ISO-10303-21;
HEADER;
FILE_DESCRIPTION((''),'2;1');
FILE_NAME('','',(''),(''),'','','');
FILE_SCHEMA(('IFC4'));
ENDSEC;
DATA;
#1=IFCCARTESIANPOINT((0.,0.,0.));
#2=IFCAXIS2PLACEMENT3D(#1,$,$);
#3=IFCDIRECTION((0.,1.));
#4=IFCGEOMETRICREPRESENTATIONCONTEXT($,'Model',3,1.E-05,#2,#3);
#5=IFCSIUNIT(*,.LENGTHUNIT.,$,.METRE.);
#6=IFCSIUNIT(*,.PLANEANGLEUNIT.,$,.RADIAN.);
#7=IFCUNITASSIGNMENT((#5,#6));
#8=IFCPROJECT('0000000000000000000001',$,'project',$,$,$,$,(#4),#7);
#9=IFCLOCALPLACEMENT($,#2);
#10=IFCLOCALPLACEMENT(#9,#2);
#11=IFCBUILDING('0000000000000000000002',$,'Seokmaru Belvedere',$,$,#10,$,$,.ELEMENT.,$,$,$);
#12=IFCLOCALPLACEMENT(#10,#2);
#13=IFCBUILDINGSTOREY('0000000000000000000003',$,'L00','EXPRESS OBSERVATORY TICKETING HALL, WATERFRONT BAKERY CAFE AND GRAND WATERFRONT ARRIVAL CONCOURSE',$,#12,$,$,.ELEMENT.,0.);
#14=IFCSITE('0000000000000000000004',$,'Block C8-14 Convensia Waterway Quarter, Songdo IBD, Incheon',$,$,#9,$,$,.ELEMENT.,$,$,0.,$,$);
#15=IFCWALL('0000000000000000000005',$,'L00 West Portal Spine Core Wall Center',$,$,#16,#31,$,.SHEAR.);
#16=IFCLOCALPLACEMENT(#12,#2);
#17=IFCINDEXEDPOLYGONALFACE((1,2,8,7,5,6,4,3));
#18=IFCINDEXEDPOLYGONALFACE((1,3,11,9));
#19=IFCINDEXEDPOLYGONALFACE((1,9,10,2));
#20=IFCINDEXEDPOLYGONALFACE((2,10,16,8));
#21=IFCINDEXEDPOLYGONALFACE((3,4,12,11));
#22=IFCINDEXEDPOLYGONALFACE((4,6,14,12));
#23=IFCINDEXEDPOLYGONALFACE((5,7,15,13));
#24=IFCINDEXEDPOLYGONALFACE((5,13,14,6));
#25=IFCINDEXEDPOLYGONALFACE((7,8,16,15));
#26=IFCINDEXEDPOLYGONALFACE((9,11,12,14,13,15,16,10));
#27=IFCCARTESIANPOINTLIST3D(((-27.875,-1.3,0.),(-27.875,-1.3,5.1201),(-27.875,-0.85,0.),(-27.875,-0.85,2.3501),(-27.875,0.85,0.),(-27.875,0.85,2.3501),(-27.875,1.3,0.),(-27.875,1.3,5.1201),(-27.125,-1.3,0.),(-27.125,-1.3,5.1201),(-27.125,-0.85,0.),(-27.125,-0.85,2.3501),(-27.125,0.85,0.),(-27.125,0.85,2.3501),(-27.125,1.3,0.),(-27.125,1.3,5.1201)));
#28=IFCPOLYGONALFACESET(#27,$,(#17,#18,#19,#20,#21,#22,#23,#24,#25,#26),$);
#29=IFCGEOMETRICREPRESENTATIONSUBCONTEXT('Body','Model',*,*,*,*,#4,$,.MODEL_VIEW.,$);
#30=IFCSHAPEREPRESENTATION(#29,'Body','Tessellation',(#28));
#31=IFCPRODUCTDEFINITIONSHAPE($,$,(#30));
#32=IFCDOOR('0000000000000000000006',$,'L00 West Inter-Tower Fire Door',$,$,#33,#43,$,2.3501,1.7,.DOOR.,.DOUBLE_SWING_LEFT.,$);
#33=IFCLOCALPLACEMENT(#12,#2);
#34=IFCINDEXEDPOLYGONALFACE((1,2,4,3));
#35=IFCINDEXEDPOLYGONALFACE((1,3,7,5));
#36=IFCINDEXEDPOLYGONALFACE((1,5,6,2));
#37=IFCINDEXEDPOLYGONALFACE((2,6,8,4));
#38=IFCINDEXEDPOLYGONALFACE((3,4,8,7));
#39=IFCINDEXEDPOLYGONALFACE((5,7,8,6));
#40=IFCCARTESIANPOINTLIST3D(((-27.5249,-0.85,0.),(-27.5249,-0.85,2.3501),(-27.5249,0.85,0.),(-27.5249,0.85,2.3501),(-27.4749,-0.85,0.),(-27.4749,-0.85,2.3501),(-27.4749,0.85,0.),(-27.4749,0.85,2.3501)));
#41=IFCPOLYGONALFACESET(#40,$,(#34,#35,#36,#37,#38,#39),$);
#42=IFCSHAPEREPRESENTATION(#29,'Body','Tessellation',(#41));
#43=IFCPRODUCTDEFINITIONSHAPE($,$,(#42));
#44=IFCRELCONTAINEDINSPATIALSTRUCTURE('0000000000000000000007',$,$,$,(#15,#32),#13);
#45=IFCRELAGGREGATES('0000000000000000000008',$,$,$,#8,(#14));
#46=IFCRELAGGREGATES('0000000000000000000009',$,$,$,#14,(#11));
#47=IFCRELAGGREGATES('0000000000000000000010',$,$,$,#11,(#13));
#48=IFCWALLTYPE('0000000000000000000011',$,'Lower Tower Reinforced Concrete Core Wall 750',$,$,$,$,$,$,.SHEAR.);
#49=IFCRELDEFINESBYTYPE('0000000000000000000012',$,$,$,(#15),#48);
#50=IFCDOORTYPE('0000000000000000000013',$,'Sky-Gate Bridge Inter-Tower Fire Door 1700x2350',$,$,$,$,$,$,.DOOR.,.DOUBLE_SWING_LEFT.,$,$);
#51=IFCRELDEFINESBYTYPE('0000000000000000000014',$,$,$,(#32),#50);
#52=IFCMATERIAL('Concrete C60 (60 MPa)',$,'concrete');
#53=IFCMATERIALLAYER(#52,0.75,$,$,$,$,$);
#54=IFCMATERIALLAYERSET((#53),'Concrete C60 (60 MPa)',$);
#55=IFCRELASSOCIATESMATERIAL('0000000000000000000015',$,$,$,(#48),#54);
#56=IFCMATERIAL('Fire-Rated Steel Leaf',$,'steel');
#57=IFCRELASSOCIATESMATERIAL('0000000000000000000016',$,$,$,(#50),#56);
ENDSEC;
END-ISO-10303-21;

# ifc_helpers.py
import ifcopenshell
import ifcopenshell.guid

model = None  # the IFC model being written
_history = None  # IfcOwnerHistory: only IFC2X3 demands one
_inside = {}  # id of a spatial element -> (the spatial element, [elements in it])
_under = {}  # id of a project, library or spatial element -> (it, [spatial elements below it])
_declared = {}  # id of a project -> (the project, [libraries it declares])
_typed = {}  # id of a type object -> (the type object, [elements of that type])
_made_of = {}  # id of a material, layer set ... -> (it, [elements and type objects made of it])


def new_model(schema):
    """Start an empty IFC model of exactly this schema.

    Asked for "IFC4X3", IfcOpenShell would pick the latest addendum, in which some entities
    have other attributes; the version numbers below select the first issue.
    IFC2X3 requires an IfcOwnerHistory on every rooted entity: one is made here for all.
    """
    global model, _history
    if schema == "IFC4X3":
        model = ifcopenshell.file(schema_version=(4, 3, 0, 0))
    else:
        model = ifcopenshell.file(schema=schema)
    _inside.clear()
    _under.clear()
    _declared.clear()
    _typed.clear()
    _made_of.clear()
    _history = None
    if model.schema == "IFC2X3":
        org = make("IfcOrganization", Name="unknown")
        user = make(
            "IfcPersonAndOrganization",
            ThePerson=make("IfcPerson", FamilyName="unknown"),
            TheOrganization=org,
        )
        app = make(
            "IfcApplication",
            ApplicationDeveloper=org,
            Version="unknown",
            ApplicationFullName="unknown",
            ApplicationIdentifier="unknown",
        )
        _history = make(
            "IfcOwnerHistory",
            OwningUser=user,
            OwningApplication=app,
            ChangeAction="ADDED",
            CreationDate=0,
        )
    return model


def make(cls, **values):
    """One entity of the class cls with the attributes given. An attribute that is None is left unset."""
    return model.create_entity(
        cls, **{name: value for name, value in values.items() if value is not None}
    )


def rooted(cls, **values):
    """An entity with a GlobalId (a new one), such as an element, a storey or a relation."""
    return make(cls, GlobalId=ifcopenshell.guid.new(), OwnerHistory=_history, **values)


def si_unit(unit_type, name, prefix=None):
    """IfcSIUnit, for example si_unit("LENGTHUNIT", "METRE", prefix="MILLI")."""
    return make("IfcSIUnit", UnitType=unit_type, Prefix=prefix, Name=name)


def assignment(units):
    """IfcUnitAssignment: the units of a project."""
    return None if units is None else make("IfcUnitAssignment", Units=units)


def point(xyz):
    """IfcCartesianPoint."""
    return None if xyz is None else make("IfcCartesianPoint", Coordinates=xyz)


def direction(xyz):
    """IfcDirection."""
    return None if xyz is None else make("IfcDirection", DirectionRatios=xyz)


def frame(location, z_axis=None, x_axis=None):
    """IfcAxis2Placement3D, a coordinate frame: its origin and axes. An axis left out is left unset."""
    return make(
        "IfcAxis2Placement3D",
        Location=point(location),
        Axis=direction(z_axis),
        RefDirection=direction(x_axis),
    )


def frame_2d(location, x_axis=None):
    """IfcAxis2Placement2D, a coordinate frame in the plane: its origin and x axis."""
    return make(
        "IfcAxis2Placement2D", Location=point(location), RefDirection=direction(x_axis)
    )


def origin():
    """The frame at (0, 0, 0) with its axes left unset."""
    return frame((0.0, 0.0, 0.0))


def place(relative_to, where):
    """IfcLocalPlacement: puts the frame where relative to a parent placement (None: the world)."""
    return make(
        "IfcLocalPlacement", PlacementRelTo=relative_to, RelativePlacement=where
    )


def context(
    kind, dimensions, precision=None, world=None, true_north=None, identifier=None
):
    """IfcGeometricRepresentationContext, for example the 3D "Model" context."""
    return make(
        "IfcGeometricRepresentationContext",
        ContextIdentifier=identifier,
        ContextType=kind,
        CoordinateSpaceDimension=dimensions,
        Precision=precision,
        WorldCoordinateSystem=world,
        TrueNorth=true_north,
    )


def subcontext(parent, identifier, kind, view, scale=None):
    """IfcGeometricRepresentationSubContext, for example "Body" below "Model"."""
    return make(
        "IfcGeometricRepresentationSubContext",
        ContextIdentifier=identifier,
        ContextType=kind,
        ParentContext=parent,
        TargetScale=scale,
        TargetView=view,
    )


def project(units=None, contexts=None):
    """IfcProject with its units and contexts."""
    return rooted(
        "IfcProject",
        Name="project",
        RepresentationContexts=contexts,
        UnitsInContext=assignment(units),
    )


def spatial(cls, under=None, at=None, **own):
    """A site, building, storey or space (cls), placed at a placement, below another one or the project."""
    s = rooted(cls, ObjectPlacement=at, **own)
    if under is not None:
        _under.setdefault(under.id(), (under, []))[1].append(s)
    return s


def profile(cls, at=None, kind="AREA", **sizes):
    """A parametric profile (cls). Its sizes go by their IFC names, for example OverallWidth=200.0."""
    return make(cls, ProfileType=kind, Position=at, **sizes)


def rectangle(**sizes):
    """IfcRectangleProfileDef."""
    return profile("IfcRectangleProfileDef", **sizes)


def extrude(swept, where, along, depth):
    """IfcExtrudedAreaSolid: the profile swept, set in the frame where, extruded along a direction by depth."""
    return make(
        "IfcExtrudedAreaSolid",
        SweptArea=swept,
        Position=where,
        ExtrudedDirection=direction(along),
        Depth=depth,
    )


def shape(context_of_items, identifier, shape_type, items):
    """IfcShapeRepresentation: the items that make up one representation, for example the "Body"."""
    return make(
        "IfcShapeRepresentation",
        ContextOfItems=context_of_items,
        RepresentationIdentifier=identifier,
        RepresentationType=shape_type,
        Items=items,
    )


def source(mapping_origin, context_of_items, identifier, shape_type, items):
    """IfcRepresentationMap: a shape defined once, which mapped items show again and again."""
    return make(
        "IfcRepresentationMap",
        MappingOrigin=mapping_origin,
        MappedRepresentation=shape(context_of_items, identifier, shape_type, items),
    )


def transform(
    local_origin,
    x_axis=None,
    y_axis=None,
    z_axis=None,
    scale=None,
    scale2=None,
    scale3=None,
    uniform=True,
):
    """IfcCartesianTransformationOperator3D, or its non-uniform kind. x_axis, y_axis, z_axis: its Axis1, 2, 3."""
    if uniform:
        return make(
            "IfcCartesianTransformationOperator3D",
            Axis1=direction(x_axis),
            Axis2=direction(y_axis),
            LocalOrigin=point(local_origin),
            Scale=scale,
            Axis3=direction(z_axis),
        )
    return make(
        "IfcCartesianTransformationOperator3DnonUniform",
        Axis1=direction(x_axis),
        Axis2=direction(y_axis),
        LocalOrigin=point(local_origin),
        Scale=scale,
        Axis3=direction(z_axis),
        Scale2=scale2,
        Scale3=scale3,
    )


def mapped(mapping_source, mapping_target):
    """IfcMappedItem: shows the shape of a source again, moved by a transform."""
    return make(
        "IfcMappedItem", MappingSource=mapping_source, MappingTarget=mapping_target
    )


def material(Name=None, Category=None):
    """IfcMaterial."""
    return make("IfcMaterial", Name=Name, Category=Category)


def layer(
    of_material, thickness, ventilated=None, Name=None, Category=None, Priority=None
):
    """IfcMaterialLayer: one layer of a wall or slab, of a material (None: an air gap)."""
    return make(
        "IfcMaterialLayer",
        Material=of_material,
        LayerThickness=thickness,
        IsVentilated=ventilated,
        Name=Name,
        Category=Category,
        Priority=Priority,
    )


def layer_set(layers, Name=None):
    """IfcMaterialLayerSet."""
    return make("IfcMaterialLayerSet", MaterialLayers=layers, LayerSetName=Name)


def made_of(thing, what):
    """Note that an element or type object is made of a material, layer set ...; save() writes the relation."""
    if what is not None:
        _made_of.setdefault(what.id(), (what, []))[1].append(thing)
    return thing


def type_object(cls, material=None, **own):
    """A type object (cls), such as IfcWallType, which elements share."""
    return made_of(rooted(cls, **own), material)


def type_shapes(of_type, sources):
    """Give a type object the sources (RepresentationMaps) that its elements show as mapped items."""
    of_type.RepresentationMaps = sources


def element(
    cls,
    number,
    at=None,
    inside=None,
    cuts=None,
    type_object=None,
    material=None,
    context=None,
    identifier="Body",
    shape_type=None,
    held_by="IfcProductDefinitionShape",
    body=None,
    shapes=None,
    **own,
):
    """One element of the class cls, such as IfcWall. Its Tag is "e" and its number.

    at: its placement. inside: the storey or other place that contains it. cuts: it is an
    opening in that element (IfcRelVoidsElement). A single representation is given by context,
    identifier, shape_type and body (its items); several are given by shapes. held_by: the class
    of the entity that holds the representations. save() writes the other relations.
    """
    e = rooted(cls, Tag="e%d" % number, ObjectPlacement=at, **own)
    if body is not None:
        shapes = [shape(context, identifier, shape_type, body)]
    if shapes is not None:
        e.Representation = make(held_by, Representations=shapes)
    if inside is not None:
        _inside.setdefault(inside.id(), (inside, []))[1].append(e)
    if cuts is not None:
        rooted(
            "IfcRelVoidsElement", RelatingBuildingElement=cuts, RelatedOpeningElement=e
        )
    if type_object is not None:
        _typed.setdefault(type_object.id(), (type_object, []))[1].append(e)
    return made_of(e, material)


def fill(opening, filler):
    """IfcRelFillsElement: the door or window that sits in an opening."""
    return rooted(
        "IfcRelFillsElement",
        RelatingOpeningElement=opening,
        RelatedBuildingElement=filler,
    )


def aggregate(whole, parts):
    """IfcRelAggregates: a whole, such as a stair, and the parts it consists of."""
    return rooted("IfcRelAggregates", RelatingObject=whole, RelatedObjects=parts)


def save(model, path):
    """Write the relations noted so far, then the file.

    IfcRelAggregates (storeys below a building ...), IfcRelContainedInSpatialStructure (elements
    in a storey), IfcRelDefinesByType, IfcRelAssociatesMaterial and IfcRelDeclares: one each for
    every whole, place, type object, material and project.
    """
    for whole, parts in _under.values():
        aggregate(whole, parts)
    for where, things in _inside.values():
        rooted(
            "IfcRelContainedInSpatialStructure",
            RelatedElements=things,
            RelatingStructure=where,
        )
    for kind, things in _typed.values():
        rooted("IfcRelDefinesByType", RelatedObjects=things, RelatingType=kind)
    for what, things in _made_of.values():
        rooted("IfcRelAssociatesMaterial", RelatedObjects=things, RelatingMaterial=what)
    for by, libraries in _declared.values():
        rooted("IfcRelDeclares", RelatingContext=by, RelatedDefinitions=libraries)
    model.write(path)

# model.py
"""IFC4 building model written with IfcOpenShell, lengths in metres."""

from ifc_helpers import new_model, si_unit, direction, frame, frame_2d, origin, place, context, subcontext, project, spatial, rectangle, extrude, source, transform, mapped, material, layer, layer_set, type_object, type_shapes, element, fill, save


model = new_model("IFC4")

# Units and contexts
model_context = context("Model", 3, precision=1e-05, world=origin(), true_north=direction((0.0, 1.0)))
body_context = subcontext(model_context, "Body", "Model", "MODEL_VIEW")
ifc_project = project(units=[si_unit("LENGTHUNIT", "METRE"), si_unit("PLANEANGLEUNIT", "RADIAN")], contexts=[model_context])

# Site, building, storey
site_placement = place(None, origin())
site = spatial("IfcSite", under=ifc_project, at=site_placement, Name="Block C8-14 Convensia Waterway Quarter, Songdo IBD, Incheon", CompositionType="ELEMENT", RefElevation=0.0)
building_placement = place(site_placement, origin())
building = spatial("IfcBuilding", under=site, at=building_placement, Name="Seokmaru Belvedere", CompositionType="ELEMENT")
storey_placement = place(building_placement, origin())
storey = spatial("IfcBuildingStorey", under=building, at=storey_placement, Name="L00", Description="EXPRESS OBSERVATORY TICKETING HALL, WATERFRONT BAKERY CAFE AND GRAND WATERFRONT ARRIVAL CONCOURSE", CompositionType="ELEMENT", Elevation=0.0)

# Shared definitions
ifc_material_1 = material(Name="Concrete C60 (60 MPa)", Category="concrete")
ifc_layer_1 = layer(ifc_material_1, 0.75)
ifc_layer_set_1 = layer_set([ifc_layer_1], Name="Concrete C60 (60 MPa)")
wall_type_1 = type_object("IfcWallType", Name="Lower Tower Reinforced Concrete Core Wall 750", PredefinedType="SHEAR", material=ifc_layer_set_1)

# Wall, opening, door
wall_1_placement = place(storey_placement, frame((-27.5, -1.3, 0.0), z_axis=(0.0, 0.0, 1.0), x_axis=(0.0, 1.0, 0.0)))
wall_1 = element("IfcWall", 1, at=wall_1_placement, inside=storey, type_object=wall_type_1, Name="L00 West Portal Spine Core Wall Center", PredefinedType="SHEAR", context=body_context, shape_type="SweptSolid", body=[
    extrude(rectangle(XDim=2.6001, YDim=0.75, at=frame_2d((1.3, 0.0))), origin(), (0.0, 0.0, 1.0), 5.1201),
])
opening_1_placement = place(wall_1_placement, frame((0.45, 0.0, 0.0)))
opening_1 = element("IfcOpeningElement", 2, at=opening_1_placement, cuts=wall_1, PredefinedType="OPENING", context=body_context, shape_type="SweptSolid", body=[
    extrude(rectangle(XDim=1.7, YDim=2.3501, at=frame_2d((0.8501, 1.175))), frame((0.0, 0.385, 0.0), z_axis=(0.0, -1.0, 0.0), x_axis=(1.0, 0.0, 0.0)), (0.0, 0.0, 1.0), 0.77),
])
ifc_material_2 = material(Name="Fire-Rated Steel Leaf", Category="steel")
door_type_1 = type_object("IfcDoorType", Name="Sky-Gate Bridge Inter-Tower Fire Door 1700x2350", OperationType="DOUBLE_SWING_LEFT", PredefinedType="DOOR", material=ifc_material_2)
shared_shape_1 = source(origin(), body_context, "Body", "SweptSolid", [
    extrude(rectangle(XDim=1.7, YDim=2.3501, at=frame_2d((0.8501, 1.175))), frame((0.0, 0.0249, 0.0), z_axis=(0.0, -1.0, 0.0), x_axis=(1.0, 0.0, 0.0)), (0.0, 0.0, 1.0), 0.05),
])
type_shapes(door_type_1, [shared_shape_1])
door_1_placement = place(opening_1_placement, origin())
door_1 = element("IfcDoor", 3, at=door_1_placement, inside=storey, type_object=door_type_1, Name="L00 West Inter-Tower Fire Door", OperationType="DOUBLE_SWING_LEFT", OverallHeight=2.3501, OverallWidth=1.7, PredefinedType="DOOR", context=body_context, shape_type="MappedRepresentation", body=[
    mapped(shared_shape_1, transform((0.0, 0.0, 0.0), scale=1.0)),
])
fill(opening_1, door_1)

save(model, "model.ifc")
